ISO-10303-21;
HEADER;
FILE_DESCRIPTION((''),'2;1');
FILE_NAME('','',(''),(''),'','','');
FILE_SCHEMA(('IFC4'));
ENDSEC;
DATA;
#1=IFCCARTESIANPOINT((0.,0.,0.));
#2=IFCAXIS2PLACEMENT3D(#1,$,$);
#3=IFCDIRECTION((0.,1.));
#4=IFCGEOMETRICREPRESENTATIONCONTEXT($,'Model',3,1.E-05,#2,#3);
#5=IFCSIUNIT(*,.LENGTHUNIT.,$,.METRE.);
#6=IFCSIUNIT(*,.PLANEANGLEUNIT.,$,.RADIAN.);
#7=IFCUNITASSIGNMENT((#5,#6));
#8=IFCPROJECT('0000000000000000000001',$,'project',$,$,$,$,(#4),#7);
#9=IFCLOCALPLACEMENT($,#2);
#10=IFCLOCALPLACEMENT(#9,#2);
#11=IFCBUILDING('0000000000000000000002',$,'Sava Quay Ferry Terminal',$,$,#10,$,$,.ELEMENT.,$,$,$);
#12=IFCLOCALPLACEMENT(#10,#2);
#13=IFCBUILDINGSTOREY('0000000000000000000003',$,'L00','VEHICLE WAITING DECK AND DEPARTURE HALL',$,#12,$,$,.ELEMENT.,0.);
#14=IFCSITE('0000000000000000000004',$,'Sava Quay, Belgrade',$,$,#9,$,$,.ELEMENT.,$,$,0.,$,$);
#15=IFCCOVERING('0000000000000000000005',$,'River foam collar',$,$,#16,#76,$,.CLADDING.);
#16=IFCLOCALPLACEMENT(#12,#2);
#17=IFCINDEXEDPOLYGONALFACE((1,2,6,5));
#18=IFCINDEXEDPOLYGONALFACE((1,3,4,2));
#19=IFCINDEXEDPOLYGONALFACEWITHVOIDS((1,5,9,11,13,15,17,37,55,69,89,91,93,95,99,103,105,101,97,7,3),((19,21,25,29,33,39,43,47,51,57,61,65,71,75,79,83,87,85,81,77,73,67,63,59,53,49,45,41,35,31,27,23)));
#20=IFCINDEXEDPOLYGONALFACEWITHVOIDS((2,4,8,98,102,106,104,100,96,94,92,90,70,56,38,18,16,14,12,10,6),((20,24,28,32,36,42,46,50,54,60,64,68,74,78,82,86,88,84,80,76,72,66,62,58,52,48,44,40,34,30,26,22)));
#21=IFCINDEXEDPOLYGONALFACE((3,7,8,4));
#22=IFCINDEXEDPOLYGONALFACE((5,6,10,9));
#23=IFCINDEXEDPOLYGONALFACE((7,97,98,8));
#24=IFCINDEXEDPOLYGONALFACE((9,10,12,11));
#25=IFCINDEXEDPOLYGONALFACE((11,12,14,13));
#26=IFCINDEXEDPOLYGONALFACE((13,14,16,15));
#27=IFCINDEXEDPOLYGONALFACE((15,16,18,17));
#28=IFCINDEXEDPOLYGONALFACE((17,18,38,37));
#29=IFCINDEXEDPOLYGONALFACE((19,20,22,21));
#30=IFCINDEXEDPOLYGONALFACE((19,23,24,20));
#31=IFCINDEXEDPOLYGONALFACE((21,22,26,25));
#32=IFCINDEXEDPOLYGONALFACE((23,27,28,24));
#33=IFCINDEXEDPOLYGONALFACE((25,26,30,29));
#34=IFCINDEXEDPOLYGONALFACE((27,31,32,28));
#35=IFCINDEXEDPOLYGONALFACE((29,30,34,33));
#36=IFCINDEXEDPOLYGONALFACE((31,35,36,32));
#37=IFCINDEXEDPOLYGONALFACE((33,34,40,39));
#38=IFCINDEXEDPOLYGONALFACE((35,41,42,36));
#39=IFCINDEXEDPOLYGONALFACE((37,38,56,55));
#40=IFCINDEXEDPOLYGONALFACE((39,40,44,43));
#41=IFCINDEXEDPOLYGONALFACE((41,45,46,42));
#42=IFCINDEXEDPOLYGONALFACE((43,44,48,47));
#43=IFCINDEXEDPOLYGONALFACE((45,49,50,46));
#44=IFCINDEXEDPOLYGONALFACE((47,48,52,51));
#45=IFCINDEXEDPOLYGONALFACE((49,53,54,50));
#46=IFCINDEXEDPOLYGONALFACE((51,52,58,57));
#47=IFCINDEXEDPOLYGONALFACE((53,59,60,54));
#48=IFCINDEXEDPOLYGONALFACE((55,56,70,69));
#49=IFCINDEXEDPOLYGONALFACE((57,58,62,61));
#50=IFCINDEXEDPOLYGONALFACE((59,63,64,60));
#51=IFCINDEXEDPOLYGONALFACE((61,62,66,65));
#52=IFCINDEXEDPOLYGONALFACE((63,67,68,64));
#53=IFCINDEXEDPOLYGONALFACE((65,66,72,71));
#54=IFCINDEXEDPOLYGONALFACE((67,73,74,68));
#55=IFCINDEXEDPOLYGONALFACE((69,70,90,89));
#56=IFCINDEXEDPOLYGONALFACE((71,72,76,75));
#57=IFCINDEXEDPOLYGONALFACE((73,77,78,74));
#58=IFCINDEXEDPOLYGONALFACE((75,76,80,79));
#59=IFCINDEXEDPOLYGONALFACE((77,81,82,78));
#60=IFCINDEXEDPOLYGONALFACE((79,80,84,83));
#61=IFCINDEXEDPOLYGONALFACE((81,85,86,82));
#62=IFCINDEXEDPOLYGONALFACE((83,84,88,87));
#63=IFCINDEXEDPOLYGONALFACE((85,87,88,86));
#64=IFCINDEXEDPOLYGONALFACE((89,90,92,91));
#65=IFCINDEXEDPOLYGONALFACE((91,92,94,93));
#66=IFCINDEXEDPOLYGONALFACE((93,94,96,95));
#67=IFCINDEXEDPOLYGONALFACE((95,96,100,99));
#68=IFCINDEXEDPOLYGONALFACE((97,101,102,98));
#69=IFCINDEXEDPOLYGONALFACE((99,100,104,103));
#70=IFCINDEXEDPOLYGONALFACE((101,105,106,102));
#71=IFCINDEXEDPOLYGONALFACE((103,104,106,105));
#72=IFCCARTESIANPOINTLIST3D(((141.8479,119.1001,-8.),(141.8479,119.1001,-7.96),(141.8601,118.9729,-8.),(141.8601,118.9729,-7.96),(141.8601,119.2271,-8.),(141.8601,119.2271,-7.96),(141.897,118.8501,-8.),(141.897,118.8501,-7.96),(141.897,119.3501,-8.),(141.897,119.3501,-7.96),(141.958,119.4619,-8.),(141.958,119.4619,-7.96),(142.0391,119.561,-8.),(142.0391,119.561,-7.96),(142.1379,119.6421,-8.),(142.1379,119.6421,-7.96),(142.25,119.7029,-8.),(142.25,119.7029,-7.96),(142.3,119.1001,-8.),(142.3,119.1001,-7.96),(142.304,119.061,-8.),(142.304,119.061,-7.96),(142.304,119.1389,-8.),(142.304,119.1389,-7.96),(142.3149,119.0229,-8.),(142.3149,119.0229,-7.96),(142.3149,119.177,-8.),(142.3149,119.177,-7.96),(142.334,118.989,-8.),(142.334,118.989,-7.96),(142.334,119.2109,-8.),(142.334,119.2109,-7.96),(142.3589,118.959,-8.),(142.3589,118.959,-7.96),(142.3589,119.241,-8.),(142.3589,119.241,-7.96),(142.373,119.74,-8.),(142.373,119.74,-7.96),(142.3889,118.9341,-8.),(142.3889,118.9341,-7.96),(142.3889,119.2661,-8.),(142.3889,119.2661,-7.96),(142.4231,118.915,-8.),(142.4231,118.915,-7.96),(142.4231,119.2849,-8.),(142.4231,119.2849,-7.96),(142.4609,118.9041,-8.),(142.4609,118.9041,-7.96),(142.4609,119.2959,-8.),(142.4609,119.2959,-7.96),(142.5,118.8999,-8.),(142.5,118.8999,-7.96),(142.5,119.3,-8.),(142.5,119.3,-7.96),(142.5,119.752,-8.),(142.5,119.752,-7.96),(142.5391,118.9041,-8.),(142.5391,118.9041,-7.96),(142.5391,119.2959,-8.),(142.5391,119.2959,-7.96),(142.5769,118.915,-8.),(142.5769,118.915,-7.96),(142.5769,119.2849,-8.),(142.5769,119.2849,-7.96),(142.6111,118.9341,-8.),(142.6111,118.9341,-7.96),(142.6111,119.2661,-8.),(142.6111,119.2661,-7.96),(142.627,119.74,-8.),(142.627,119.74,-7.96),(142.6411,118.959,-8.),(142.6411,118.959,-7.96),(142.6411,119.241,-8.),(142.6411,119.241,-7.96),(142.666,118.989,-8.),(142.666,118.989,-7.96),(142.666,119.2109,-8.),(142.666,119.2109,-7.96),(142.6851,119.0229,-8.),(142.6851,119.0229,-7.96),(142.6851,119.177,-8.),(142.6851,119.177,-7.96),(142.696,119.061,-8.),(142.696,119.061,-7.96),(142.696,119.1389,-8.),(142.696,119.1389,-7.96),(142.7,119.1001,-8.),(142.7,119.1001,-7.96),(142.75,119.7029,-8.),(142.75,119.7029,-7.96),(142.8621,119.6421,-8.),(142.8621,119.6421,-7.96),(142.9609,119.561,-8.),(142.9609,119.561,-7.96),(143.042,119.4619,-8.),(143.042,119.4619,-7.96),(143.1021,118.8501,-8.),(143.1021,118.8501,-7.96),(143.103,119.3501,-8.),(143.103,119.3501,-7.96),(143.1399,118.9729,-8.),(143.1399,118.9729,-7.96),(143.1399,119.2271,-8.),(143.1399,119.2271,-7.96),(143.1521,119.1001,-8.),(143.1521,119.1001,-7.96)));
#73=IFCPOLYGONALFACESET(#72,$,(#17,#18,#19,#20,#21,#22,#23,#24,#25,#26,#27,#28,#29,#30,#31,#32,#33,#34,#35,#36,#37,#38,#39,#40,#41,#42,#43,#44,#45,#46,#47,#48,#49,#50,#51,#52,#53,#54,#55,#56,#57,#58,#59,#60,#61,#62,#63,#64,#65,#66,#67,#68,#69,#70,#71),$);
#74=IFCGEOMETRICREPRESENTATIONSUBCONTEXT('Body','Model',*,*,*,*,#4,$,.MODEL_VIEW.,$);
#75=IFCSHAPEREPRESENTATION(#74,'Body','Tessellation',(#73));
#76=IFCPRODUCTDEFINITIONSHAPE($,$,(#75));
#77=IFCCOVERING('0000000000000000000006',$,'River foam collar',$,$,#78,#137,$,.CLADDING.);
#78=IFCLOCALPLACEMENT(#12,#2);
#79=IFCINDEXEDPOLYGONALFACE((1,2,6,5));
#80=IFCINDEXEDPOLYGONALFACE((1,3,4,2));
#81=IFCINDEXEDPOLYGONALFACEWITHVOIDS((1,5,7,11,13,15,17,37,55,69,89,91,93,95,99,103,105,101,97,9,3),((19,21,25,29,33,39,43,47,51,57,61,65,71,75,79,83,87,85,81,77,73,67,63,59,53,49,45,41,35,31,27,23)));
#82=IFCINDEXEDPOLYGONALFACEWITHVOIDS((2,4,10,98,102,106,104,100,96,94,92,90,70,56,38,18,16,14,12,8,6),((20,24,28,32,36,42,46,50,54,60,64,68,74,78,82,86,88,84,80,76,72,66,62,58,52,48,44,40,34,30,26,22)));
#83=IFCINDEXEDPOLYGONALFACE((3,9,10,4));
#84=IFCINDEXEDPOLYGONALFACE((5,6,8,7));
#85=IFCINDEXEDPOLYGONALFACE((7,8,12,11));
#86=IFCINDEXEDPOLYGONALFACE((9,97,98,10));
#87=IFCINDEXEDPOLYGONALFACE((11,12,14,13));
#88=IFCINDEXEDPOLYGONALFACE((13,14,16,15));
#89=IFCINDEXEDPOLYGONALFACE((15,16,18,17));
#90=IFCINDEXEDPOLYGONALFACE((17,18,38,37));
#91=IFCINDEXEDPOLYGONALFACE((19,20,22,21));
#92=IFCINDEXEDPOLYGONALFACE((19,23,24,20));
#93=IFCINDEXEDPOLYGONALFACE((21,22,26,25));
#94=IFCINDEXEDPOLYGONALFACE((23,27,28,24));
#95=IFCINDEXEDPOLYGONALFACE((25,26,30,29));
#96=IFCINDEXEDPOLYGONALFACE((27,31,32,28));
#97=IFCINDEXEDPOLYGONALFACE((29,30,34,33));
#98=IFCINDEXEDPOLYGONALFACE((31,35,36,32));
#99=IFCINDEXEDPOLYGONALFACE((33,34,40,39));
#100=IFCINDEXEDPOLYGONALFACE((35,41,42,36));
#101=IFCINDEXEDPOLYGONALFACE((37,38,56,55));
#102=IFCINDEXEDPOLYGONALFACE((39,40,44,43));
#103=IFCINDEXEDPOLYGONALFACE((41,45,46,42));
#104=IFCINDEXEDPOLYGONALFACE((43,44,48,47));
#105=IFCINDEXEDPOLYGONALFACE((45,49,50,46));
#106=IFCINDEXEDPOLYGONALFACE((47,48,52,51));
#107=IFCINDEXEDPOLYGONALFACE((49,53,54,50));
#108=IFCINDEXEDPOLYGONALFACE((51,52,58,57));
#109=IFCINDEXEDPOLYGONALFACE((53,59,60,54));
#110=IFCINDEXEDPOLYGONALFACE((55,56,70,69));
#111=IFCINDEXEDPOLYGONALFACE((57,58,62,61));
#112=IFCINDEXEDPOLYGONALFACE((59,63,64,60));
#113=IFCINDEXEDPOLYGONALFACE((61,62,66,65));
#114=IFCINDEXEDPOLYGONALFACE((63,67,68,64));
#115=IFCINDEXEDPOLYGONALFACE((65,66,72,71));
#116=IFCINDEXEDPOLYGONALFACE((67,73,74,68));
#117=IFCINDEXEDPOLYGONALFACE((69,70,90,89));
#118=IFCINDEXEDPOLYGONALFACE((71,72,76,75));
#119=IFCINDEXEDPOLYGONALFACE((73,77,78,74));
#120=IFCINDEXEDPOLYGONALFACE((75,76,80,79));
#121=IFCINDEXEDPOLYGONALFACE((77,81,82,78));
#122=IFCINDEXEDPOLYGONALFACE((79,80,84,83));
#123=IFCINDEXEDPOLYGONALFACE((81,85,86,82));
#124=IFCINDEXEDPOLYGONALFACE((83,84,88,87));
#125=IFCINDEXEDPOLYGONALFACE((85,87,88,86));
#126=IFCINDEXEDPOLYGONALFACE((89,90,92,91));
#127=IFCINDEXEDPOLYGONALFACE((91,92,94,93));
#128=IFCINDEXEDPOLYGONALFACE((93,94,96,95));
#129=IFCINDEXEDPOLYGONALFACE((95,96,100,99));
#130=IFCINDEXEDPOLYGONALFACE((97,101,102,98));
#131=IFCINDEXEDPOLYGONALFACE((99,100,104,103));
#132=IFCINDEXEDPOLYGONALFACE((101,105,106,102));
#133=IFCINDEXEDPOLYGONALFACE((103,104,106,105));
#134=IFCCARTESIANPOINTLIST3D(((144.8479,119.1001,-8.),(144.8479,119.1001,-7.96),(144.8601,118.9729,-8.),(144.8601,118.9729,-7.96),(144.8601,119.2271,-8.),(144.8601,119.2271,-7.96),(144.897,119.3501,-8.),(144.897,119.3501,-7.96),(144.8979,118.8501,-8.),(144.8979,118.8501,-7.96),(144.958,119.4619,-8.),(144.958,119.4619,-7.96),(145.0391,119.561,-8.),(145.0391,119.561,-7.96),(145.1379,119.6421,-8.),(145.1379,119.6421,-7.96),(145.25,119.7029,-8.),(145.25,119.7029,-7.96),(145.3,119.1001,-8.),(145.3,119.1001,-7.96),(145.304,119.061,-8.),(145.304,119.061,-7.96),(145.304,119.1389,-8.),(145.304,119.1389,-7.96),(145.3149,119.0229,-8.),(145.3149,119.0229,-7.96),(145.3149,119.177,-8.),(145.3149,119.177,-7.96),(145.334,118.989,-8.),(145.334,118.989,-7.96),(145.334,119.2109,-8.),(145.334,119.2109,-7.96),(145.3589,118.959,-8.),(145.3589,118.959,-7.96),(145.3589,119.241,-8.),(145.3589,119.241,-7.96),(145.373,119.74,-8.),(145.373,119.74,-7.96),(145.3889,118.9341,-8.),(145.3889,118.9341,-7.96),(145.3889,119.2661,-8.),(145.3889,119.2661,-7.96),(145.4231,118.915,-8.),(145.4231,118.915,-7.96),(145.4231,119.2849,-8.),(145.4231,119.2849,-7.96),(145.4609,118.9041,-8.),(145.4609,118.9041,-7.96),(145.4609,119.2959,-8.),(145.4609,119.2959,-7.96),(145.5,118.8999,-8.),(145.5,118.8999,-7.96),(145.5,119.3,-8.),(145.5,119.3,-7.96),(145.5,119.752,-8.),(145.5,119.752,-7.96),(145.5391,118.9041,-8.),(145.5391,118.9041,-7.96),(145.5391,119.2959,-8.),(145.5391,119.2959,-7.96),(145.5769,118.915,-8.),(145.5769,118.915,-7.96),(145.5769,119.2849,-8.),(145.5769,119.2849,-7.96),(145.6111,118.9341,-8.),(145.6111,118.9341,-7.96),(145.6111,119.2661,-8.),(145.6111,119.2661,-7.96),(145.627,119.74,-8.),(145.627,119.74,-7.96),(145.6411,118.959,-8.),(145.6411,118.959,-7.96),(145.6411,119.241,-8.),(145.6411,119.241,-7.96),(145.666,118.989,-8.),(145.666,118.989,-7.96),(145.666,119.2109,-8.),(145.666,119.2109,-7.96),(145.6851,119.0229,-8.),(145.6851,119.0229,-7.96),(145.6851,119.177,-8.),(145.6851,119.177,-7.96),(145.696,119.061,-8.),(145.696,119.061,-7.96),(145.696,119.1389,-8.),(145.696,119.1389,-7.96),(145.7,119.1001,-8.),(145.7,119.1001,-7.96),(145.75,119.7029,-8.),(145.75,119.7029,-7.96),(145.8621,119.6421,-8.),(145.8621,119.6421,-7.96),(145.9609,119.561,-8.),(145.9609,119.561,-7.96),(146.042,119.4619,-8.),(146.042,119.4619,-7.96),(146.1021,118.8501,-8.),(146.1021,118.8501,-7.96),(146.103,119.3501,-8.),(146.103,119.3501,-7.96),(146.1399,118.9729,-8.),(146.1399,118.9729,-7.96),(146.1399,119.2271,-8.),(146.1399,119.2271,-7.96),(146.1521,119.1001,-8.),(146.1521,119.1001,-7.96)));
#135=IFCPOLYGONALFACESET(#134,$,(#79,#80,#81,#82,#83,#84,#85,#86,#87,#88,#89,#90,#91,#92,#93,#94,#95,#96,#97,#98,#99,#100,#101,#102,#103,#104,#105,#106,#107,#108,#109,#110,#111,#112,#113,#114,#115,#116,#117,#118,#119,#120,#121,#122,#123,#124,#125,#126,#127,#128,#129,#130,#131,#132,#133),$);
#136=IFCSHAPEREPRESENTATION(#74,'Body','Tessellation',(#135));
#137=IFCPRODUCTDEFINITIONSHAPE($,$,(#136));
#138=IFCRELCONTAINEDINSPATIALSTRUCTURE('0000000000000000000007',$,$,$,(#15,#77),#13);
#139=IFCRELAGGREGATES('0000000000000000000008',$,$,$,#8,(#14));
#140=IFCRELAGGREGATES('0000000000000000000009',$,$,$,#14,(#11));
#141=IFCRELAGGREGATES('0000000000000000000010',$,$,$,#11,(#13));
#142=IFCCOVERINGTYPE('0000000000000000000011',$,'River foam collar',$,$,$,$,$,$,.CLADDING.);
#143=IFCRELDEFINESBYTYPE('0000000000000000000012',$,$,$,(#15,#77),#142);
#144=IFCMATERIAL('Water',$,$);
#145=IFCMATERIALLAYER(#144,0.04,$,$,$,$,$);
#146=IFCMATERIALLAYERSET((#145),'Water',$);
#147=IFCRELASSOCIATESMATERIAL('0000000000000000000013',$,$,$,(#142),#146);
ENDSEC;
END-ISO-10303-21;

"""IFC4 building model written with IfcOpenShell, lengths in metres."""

from ifc_helpers import new_model, si_unit, direction, frame, origin, place, context, subcontext, project, spatial, polyline, outline, extrude, material, layer, layer_set, type_object, element, save


model = new_model("IFC4")

# Units and contexts
model_context = context("Model", 3, precision=1e-05, world=origin(), true_north=direction((0.0, 1.0)))
body_context = subcontext(model_context, "Body", "Model", "MODEL_VIEW")
ifc_project = project(units=[si_unit("LENGTHUNIT", "METRE"), si_unit("PLANEANGLEUNIT", "RADIAN")], contexts=[model_context])

# Site, building, storey
site_placement = place(None, origin())
site = spatial("IfcSite", under=ifc_project, at=site_placement, Name="Sava Quay, Belgrade", CompositionType="ELEMENT", RefElevation=0.0)
building_placement = place(site_placement, origin())
building = spatial("IfcBuilding", under=site, at=building_placement, Name="Sava Quay Ferry Terminal", CompositionType="ELEMENT")
storey_placement = place(building_placement, origin())
storey = spatial("IfcBuildingStorey", under=building, at=storey_placement, Name="L00", Description="VEHICLE WAITING DECK AND DEPARTURE HALL", CompositionType="ELEMENT", Elevation=0.0)

# Coverings
ifc_material_1 = material(Name="Water")
ifc_layer_1 = layer(ifc_material_1, 0.04)
ifc_layer_set_1 = layer_set([ifc_layer_1], Name="Water")
covering_type_1 = type_object("IfcCoveringType", Name="River foam collar", PredefinedType="CLADDING", material=ifc_layer_set_1)
covering_1_placement = place(storey_placement, frame((0.0, 0.0, -8.0)))
element("IfcCovering", 1, at=covering_1_placement, inside=storey, type_object=covering_type_1, Name="River foam collar", PredefinedType="CLADDING", context=body_context, shape_type="SweptSolid", body=[
    extrude(outline(polyline([(143.103, 119.3501), (143.042, 119.4619), (142.9609, 119.561), (142.8621, 119.6421), (142.75, 119.7029), (142.627, 119.74), (142.5, 119.752), (142.373, 119.74), (142.25, 119.7029), (142.1379, 119.6421), (142.0391, 119.561), (141.958, 119.4619), (141.897, 119.3501), (141.8601, 119.2271), (141.8479, 119.1001), (141.8601, 118.9729), (141.897, 118.8501), (143.1021, 118.8501), (143.1399, 118.9729), (143.1521, 119.1001), (143.1399, 119.2271), (143.103, 119.3501)]), holes=[polyline([(142.5, 119.3), (142.5391, 119.2959), (142.5769, 119.2849), (142.6111, 119.2661), (142.6411, 119.241), (142.666, 119.2109), (142.6851, 119.177), (142.696, 119.1389), (142.7, 119.1001), (142.696, 119.061), (142.6851, 119.0229), (142.666, 118.989), (142.6411, 118.959), (142.6111, 118.9341), (142.5769, 118.915), (142.5391, 118.9041), (142.5, 118.8999), (142.4609, 118.9041), (142.4231, 118.915), (142.3889, 118.9341), (142.3589, 118.959), (142.334, 118.989), (142.3149, 119.0229), (142.304, 119.061), (142.3, 119.1001), (142.304, 119.1389), (142.3149, 119.177), (142.334, 119.2109), (142.3589, 119.241), (142.3889, 119.2661), (142.4231, 119.2849), (142.4609, 119.2959), (142.5, 119.3)])]), origin(), (0.0, 0.0, 1.0), 0.04),
])
covering_2_placement = place(storey_placement, frame((0.0, 0.0, -8.0)))
element("IfcCovering", 2, at=covering_2_placement, inside=storey, type_object=covering_type_1, Name="River foam collar", PredefinedType="CLADDING", context=body_context, shape_type="SweptSolid", body=[
    extrude(outline(polyline([(146.1399, 119.2271), (146.103, 119.3501), (146.042, 119.4619), (145.9609, 119.561), (145.8621, 119.6421), (145.75, 119.7029), (145.627, 119.74), (145.5, 119.752), (145.373, 119.74), (145.25, 119.7029), (145.1379, 119.6421), (145.0391, 119.561), (144.958, 119.4619), (144.897, 119.3501), (144.8601, 119.2271), (144.8479, 119.1001), (144.8601, 118.9729), (144.8979, 118.8501), (146.1021, 118.8501), (146.1399, 118.9729), (146.1521, 119.1001), (146.1399, 119.2271)]), holes=[polyline([(145.4609, 119.2959), (145.5, 119.3), (145.5391, 119.2959), (145.5769, 119.2849), (145.6111, 119.2661), (145.6411, 119.241), (145.666, 119.2109), (145.6851, 119.177), (145.696, 119.1389), (145.7, 119.1001), (145.696, 119.061), (145.6851, 119.0229), (145.666, 118.989), (145.6411, 118.959), (145.6111, 118.9341), (145.5769, 118.915), (145.5391, 118.9041), (145.5, 118.8999), (145.4609, 118.9041), (145.4231, 118.915), (145.3889, 118.9341), (145.3589, 118.959), (145.334, 118.989), (145.3149, 119.0229), (145.304, 119.061), (145.3, 119.1001), (145.304, 119.1389), (145.3149, 119.177), (145.334, 119.2109), (145.3589, 119.241), (145.3889, 119.2661), (145.4231, 119.2849), (145.4609, 119.2959)])]), origin(), (0.0, 0.0, 1.0), 0.04),
])

save(model, "model.ifc")
